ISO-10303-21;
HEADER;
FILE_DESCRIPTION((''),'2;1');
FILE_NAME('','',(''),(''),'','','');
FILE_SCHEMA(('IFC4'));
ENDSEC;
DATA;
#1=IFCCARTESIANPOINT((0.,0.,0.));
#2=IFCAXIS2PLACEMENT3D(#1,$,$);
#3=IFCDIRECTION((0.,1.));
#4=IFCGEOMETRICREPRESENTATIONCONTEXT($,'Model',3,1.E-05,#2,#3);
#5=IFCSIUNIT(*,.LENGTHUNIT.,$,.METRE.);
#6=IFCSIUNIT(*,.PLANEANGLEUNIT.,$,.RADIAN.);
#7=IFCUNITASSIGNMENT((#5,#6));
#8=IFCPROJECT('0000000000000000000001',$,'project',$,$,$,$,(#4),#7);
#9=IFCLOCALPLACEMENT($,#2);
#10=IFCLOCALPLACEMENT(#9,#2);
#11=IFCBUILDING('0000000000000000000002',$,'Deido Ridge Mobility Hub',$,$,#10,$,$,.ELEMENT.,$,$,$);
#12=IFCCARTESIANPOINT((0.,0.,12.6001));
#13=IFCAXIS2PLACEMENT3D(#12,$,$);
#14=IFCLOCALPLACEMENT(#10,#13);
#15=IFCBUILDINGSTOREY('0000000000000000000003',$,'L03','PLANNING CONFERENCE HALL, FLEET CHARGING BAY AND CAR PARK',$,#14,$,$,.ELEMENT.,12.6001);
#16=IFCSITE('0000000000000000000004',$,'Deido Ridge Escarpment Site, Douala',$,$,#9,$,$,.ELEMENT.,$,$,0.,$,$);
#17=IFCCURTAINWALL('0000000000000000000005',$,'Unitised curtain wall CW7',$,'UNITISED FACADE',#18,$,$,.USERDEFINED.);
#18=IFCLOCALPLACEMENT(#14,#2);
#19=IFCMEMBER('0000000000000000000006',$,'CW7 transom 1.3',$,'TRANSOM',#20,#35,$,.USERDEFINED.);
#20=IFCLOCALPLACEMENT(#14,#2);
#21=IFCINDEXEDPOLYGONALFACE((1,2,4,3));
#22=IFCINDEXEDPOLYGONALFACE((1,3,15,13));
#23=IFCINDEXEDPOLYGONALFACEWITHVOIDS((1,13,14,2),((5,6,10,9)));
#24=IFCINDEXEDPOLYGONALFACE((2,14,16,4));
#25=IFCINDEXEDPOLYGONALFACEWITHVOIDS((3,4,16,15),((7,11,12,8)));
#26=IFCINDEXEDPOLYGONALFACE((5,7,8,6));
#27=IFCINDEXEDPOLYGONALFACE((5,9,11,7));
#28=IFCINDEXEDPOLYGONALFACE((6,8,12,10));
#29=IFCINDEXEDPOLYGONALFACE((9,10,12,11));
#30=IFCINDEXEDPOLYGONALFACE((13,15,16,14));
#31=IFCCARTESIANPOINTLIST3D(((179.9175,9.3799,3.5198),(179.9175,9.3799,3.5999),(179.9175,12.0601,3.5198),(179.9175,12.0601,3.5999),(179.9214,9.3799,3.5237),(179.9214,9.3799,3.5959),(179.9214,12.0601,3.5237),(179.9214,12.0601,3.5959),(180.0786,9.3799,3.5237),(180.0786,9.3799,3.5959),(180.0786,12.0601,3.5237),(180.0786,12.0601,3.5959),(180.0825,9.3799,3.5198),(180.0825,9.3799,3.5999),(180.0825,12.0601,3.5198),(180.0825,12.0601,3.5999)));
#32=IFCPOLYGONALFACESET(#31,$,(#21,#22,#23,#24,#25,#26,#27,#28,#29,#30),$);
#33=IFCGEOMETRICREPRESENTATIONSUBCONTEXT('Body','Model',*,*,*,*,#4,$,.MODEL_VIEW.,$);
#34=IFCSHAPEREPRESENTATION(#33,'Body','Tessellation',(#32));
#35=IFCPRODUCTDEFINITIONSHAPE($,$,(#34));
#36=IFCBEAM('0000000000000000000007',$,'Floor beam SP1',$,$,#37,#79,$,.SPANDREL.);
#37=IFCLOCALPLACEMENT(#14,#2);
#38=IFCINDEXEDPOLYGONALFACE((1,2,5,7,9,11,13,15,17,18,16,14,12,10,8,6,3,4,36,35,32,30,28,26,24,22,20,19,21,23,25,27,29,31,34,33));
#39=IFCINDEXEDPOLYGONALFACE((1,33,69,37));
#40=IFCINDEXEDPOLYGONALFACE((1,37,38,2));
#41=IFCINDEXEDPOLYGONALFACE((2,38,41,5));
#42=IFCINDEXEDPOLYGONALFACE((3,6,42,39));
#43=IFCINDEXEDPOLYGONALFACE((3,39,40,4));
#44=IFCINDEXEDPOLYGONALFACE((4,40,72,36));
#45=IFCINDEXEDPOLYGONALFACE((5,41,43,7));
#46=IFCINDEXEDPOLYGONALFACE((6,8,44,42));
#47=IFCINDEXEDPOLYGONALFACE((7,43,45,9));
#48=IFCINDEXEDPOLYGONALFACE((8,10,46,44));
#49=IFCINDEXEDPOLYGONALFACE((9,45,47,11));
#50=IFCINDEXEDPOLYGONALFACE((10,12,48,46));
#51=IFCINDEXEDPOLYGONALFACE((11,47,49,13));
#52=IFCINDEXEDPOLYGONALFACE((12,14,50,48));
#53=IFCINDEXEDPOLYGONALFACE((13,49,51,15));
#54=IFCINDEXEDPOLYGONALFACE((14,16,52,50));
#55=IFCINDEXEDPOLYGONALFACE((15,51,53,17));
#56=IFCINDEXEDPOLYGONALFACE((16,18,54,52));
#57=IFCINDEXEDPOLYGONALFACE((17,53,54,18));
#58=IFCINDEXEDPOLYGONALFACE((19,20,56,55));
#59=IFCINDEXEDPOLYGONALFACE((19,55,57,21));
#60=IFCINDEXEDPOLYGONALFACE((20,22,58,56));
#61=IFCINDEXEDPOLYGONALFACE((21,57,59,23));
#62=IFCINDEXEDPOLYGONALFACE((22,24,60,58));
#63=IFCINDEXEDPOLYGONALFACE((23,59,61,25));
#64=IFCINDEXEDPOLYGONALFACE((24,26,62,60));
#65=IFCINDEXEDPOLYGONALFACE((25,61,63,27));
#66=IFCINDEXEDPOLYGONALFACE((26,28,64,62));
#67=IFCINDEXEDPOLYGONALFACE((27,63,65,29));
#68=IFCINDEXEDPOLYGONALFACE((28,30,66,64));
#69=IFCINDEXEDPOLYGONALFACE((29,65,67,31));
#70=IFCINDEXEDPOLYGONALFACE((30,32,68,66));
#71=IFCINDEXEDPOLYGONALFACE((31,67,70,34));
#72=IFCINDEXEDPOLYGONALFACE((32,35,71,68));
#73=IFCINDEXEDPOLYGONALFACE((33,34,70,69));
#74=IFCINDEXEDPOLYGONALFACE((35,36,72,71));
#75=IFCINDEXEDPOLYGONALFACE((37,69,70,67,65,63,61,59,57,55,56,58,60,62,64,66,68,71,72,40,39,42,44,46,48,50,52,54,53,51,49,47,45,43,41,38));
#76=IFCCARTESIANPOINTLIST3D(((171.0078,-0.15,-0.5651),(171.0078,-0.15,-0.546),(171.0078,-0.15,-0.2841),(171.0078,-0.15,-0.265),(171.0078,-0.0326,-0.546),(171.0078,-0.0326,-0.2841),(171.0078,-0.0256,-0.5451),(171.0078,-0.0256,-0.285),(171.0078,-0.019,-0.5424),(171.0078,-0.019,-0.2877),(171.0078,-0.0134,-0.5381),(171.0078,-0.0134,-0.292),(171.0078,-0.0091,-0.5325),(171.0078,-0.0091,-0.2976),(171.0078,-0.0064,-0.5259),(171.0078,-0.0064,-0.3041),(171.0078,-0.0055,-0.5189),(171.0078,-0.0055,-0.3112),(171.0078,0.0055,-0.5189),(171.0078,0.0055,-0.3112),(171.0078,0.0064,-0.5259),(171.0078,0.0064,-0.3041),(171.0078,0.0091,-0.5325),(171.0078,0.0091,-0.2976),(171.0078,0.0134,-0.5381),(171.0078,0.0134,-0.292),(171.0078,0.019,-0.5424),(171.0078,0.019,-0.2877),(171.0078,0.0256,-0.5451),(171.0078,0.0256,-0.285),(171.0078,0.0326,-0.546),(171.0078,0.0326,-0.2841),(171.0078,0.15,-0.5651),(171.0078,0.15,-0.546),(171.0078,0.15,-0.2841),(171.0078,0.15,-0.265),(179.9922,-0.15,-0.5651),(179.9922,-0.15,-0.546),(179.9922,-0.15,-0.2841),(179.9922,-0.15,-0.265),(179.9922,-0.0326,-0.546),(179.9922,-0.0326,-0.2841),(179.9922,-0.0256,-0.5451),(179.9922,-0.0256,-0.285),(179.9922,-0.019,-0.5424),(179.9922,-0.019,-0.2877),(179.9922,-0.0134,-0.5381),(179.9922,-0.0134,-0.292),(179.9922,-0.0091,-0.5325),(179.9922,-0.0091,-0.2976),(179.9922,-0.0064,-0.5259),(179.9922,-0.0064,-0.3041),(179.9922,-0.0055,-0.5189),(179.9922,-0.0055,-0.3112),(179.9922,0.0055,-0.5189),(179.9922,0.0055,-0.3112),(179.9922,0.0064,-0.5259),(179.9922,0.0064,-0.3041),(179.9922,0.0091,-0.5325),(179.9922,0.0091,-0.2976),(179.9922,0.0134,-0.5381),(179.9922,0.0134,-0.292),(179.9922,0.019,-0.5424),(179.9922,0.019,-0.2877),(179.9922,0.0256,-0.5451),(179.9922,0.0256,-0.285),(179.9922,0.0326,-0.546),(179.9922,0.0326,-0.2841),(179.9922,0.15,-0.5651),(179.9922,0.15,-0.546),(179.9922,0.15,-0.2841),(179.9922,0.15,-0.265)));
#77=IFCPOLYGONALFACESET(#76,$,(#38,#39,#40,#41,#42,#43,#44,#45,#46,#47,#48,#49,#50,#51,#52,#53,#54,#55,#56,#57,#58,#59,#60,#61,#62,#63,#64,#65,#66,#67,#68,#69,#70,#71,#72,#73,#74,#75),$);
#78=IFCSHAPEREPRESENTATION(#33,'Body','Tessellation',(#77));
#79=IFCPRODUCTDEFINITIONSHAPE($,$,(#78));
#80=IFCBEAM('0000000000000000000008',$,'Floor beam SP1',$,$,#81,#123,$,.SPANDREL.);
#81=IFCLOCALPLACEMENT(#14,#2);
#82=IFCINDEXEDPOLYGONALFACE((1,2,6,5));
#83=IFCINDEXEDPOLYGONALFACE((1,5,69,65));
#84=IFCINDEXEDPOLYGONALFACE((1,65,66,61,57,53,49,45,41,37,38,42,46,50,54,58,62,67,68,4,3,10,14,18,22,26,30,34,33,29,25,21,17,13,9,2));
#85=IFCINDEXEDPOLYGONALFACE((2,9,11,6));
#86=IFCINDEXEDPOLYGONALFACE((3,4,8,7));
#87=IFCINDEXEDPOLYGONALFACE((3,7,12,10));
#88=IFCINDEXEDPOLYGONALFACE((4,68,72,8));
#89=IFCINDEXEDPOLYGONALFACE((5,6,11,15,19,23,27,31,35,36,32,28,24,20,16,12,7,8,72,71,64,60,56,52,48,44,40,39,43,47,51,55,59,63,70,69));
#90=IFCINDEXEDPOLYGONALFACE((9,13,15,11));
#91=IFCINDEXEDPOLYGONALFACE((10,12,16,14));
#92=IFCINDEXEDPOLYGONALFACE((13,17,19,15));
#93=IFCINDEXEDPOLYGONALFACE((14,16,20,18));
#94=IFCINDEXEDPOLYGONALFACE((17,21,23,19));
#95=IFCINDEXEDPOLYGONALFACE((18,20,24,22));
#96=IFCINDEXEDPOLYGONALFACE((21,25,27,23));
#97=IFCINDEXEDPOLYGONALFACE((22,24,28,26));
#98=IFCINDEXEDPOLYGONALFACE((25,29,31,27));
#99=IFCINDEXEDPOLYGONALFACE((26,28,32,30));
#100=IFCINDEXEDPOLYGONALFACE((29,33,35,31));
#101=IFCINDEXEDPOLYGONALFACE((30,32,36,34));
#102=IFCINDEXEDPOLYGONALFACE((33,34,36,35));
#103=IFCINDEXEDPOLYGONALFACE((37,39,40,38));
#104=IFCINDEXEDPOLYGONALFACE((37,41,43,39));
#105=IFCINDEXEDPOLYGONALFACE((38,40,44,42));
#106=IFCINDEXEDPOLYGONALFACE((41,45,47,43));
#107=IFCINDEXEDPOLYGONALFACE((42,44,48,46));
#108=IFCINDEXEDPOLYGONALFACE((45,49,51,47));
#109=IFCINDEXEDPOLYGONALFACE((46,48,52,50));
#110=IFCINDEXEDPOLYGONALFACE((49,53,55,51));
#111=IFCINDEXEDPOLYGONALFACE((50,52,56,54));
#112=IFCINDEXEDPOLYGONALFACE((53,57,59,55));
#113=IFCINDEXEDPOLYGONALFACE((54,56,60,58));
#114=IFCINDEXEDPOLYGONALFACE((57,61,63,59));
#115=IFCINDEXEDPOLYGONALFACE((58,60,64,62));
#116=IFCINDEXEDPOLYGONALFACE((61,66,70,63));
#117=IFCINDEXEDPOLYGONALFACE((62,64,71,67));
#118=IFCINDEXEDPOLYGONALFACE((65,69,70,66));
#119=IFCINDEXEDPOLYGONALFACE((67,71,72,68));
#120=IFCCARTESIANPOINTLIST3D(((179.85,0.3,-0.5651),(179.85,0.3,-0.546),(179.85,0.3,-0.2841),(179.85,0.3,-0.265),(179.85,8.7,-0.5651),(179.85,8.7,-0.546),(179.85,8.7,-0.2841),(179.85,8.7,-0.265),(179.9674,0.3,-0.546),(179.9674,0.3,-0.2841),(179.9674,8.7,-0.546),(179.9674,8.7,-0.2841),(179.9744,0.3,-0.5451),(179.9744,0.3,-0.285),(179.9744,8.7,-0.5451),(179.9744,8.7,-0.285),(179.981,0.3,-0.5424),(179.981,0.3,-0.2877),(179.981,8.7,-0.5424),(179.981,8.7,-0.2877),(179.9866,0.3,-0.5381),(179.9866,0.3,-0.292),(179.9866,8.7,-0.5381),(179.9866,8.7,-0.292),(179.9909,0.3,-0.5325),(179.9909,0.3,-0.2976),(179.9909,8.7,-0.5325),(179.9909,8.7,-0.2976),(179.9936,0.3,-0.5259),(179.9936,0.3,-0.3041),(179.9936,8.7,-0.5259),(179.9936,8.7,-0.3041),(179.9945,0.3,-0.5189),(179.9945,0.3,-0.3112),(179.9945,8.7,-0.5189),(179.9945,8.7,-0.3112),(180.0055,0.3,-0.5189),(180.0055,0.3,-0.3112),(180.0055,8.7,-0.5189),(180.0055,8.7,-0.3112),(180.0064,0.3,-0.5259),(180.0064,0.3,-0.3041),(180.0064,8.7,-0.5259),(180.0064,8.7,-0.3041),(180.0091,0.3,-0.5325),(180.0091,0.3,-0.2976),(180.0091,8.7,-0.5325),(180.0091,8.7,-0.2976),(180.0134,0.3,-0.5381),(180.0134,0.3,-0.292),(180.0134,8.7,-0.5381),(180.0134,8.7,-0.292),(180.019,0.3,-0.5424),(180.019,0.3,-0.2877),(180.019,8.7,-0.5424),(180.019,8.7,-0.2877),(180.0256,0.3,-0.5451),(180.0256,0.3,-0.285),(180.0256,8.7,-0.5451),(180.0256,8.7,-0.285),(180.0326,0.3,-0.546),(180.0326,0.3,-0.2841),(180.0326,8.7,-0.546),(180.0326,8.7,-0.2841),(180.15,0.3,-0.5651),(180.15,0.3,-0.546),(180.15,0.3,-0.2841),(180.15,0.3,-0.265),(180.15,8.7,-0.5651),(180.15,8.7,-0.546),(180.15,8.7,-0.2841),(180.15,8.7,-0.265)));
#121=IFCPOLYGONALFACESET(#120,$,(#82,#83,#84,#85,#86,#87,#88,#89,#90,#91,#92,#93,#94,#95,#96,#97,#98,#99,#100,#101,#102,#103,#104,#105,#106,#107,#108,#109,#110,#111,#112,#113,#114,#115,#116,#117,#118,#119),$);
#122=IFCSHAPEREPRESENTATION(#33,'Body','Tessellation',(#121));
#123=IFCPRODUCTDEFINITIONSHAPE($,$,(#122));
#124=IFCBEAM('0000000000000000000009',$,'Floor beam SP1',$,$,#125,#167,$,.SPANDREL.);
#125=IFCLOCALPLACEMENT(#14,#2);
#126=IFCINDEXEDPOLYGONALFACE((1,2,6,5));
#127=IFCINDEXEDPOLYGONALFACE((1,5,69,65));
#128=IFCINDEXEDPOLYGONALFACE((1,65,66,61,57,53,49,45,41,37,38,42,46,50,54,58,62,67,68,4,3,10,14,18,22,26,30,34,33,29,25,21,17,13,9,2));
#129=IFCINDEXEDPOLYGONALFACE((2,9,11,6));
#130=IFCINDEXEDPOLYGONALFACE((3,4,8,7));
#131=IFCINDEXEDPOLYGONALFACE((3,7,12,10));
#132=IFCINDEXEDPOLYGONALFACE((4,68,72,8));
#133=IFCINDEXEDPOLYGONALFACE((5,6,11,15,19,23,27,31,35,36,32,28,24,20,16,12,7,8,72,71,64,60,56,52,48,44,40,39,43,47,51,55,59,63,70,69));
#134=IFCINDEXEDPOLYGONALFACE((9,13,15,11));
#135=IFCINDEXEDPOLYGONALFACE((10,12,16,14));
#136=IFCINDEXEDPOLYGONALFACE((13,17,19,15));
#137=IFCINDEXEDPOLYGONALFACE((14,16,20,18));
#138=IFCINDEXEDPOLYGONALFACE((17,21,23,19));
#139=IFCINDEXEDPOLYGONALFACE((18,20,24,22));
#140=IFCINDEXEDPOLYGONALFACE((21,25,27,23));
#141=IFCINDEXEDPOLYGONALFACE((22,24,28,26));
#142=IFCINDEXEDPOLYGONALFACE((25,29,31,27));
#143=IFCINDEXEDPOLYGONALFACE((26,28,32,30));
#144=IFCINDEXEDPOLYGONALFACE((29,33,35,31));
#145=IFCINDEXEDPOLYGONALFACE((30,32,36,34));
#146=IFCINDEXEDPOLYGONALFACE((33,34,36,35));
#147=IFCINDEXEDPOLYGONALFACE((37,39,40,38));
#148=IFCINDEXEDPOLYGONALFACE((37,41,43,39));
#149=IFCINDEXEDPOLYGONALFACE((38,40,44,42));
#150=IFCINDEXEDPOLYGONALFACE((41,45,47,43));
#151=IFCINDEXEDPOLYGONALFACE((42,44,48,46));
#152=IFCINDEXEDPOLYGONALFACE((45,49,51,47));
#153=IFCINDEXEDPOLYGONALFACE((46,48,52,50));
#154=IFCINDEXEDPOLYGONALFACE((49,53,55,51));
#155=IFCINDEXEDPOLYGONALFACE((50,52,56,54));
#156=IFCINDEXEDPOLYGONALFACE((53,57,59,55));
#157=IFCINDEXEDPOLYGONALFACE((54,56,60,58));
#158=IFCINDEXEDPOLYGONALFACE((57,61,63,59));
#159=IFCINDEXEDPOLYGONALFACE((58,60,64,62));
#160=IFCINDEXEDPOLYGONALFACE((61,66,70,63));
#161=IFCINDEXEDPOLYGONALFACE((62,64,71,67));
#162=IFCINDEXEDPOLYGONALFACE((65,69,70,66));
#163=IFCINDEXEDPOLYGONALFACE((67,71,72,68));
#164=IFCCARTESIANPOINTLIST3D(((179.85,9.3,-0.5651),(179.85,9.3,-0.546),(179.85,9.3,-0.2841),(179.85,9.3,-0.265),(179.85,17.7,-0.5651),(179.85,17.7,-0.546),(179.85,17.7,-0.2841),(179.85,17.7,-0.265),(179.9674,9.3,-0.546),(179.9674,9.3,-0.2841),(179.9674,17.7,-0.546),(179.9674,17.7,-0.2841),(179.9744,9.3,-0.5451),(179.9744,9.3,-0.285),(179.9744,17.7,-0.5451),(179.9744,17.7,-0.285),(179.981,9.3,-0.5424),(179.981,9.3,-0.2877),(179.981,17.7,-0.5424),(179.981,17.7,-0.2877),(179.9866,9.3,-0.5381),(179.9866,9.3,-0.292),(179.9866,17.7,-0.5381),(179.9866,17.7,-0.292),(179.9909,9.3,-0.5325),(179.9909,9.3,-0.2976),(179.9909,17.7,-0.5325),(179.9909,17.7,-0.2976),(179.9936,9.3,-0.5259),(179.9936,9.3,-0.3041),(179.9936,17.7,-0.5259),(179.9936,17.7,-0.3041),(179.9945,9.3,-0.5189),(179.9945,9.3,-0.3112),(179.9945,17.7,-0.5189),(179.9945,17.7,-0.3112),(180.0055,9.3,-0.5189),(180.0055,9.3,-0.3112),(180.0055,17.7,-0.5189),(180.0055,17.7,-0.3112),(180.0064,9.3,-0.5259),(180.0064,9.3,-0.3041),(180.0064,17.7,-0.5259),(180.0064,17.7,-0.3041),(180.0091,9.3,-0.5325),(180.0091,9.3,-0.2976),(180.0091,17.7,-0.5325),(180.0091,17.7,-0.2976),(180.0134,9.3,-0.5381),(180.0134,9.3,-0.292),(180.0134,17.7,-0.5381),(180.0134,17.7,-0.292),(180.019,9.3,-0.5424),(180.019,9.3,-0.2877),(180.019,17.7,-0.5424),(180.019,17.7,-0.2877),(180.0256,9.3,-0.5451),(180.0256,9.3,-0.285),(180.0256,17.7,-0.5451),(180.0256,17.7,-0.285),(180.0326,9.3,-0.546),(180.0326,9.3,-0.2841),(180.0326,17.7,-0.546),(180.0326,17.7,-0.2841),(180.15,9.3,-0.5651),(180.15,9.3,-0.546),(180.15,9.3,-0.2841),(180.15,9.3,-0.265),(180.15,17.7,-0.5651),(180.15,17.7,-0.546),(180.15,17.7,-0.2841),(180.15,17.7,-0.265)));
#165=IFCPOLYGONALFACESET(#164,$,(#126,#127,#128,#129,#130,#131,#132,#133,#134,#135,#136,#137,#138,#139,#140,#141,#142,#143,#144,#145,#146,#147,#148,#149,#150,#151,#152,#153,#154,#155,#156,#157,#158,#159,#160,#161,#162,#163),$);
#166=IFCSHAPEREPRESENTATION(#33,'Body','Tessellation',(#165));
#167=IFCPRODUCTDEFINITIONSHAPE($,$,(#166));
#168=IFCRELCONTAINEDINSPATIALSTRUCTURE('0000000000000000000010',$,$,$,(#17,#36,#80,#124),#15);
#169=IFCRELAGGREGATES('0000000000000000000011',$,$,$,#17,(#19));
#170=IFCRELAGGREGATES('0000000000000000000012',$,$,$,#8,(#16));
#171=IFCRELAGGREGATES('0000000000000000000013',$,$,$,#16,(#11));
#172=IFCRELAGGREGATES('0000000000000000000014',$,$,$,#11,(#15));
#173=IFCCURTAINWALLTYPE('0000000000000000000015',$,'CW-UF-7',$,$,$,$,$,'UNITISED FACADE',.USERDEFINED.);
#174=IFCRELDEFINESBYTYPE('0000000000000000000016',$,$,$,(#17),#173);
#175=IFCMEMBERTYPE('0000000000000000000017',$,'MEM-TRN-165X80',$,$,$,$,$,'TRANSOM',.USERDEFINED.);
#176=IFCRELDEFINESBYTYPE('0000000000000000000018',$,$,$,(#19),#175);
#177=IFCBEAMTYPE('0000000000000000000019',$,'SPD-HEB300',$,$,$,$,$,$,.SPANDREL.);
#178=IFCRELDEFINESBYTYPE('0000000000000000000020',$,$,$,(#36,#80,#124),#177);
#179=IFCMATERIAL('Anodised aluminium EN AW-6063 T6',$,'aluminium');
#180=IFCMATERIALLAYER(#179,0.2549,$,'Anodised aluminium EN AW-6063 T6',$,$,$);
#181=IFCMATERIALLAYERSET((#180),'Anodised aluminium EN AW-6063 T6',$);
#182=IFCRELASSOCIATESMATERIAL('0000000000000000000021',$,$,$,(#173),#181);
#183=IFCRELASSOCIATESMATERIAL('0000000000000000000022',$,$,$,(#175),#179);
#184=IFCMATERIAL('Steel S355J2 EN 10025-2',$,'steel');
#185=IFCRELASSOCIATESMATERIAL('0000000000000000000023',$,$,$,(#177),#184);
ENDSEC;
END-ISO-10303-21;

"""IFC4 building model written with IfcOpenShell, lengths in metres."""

from ifc_helpers import new_model, si_unit, direction, frame, origin, origin_2d, place, context, subcontext, project, spatial, hollow_rectangle, i_section, extrude, material, layer, layer_set, material_profile, profile_set, type_object, element, aggregate, save


model = new_model("IFC4")

# Units and contexts
model_context = context("Model", 3, precision=1e-05, world=origin(), true_north=direction((0.0, 1.0)))
body_context = subcontext(model_context, "Body", "Model", "MODEL_VIEW")
ifc_project = project(units=[si_unit("LENGTHUNIT", "METRE"), si_unit("PLANEANGLEUNIT", "RADIAN")], contexts=[model_context])

# Site, building, storey
site_placement = place(None, origin())
site = spatial("IfcSite", under=ifc_project, at=site_placement, Name="Deido Ridge Escarpment Site, Douala", CompositionType="ELEMENT", RefElevation=0.0)
building_placement = place(site_placement, origin())
building = spatial("IfcBuilding", under=site, at=building_placement, Name="Deido Ridge Mobility Hub", CompositionType="ELEMENT")
storey_placement = place(building_placement, frame((0.0, 0.0, 12.6001)))
storey = spatial("IfcBuildingStorey", under=building, at=storey_placement, Name="L03", Description="PLANNING CONFERENCE HALL, FLEET CHARGING BAY AND CAR PARK", CompositionType="ELEMENT", Elevation=12.6001)

# Shared definitions
ifc_material_1 = material(Name="Steel S355J2 EN 10025-2", Category="steel")

# Curtain wall
ifc_material_2 = material(Name="Anodised aluminium EN AW-6063 T6", Category="aluminium")
ifc_layer_1 = layer(ifc_material_2, 0.2549, Name="Anodised aluminium EN AW-6063 T6")
ifc_layer_set_1 = layer_set([ifc_layer_1], Name="Anodised aluminium EN AW-6063 T6")
curtain_wall_type_1 = type_object("IfcCurtainWallType", Name="CW-UF-7", ElementType="UNITISED FACADE", PredefinedType="USERDEFINED", material=ifc_layer_set_1)
curtain_wall_1_placement = place(storey_placement, origin())
curtain_wall_1 = element("IfcCurtainWall", 1, at=curtain_wall_1_placement, inside=storey, type_object=curtain_wall_type_1, Name="Unitised curtain wall CW7", ObjectType="UNITISED FACADE", PredefinedType="USERDEFINED")

# Member
ifc_material_profile_1 = material_profile(ifc_material_2, hollow_rectangle(XDim=0.165, YDim=0.0801, WallThickness=0.0039, at=origin_2d()), Name="RHS 165x80x4")
ifc_profile_set_1 = profile_set([ifc_material_profile_1], Name="Anodised aluminium EN AW-6063 T6")
member_type_1 = type_object("IfcMemberType", Name="MEM-TRN-165X80", ElementType="TRANSOM", PredefinedType="USERDEFINED", material=ifc_profile_set_1)
member_1_placement = place(storey_placement, frame((180.0, 9.3799, 3.5598), z_axis=(0.0, 1.0, 0.0), x_axis=(-1.0, 0.0, 0.0)))
member_1 = element("IfcMember", 2, at=member_1_placement, type_object=member_type_1, Name="CW7 transom 1.3", ObjectType="TRANSOM", PredefinedType="USERDEFINED", context=body_context, shape_type="SweptSolid", body=[
    extrude(hollow_rectangle(XDim=0.165, YDim=0.0801, WallThickness=0.0039, at=origin_2d()), origin(), (0.0, 0.0, 1.0), 2.6802),
])

# Beams
ifc_material_profile_2 = material_profile(ifc_material_1, i_section(OverallWidth=0.3, OverallDepth=0.3, WebThickness=0.011, FlangeThickness=0.019, FilletRadius=0.0271, at=origin_2d()), Name="HEB 300")
ifc_profile_set_2 = profile_set([ifc_material_profile_2], Name="Steel S355J2 EN 10025-2")
beam_type = type_object("IfcBeamType", Name="SPD-HEB300", PredefinedType="SPANDREL", material=ifc_profile_set_2)
beam_placement = place(storey_placement, frame((171.0078, 0.0, -0.415), z_axis=(1.0, 0.0, 0.0), x_axis=(0.0, 1.0, 0.0)))
element("IfcBeam", 3, at=beam_placement, inside=storey, type_object=beam_type, Name="Floor beam SP1", PredefinedType="SPANDREL", context=body_context, shape_type="SweptSolid", body=[
    extrude(i_section(OverallWidth=0.3, OverallDepth=0.3, WebThickness=0.011, FlangeThickness=0.019, FilletRadius=0.0271, at=origin_2d()), origin(), (0.0, 0.0, 1.0), 8.9844),
])
for number, where, z_axis, x_axis, name in (
    (4, (180.0, 0.3, -0.415), (0.0, 1.0, 0.0), (-1.0, 0.0, 0.0), "Floor beam SP1"),
    (5, (180.0, 9.3, -0.415), (0.0, 1.0, 0.0), (-1.0, 0.0, 0.0), "Floor beam SP1"),
):
    element("IfcBeam", number, at=place(storey_placement, frame(where, z_axis=z_axis, x_axis=x_axis)), inside=storey, type_object=beam_type, Name=name, PredefinedType="SPANDREL", context=body_context, shape_type="SweptSolid", body=[
        extrude(i_section(OverallWidth=0.3, OverallDepth=0.3, WebThickness=0.011, FlangeThickness=0.019, FilletRadius=0.0271, at=origin_2d()), origin(), (0.0, 0.0, 1.0), 8.3999),
    ])

aggregate(curtain_wall_1, [member_1])

save(model, "model.ifc")
